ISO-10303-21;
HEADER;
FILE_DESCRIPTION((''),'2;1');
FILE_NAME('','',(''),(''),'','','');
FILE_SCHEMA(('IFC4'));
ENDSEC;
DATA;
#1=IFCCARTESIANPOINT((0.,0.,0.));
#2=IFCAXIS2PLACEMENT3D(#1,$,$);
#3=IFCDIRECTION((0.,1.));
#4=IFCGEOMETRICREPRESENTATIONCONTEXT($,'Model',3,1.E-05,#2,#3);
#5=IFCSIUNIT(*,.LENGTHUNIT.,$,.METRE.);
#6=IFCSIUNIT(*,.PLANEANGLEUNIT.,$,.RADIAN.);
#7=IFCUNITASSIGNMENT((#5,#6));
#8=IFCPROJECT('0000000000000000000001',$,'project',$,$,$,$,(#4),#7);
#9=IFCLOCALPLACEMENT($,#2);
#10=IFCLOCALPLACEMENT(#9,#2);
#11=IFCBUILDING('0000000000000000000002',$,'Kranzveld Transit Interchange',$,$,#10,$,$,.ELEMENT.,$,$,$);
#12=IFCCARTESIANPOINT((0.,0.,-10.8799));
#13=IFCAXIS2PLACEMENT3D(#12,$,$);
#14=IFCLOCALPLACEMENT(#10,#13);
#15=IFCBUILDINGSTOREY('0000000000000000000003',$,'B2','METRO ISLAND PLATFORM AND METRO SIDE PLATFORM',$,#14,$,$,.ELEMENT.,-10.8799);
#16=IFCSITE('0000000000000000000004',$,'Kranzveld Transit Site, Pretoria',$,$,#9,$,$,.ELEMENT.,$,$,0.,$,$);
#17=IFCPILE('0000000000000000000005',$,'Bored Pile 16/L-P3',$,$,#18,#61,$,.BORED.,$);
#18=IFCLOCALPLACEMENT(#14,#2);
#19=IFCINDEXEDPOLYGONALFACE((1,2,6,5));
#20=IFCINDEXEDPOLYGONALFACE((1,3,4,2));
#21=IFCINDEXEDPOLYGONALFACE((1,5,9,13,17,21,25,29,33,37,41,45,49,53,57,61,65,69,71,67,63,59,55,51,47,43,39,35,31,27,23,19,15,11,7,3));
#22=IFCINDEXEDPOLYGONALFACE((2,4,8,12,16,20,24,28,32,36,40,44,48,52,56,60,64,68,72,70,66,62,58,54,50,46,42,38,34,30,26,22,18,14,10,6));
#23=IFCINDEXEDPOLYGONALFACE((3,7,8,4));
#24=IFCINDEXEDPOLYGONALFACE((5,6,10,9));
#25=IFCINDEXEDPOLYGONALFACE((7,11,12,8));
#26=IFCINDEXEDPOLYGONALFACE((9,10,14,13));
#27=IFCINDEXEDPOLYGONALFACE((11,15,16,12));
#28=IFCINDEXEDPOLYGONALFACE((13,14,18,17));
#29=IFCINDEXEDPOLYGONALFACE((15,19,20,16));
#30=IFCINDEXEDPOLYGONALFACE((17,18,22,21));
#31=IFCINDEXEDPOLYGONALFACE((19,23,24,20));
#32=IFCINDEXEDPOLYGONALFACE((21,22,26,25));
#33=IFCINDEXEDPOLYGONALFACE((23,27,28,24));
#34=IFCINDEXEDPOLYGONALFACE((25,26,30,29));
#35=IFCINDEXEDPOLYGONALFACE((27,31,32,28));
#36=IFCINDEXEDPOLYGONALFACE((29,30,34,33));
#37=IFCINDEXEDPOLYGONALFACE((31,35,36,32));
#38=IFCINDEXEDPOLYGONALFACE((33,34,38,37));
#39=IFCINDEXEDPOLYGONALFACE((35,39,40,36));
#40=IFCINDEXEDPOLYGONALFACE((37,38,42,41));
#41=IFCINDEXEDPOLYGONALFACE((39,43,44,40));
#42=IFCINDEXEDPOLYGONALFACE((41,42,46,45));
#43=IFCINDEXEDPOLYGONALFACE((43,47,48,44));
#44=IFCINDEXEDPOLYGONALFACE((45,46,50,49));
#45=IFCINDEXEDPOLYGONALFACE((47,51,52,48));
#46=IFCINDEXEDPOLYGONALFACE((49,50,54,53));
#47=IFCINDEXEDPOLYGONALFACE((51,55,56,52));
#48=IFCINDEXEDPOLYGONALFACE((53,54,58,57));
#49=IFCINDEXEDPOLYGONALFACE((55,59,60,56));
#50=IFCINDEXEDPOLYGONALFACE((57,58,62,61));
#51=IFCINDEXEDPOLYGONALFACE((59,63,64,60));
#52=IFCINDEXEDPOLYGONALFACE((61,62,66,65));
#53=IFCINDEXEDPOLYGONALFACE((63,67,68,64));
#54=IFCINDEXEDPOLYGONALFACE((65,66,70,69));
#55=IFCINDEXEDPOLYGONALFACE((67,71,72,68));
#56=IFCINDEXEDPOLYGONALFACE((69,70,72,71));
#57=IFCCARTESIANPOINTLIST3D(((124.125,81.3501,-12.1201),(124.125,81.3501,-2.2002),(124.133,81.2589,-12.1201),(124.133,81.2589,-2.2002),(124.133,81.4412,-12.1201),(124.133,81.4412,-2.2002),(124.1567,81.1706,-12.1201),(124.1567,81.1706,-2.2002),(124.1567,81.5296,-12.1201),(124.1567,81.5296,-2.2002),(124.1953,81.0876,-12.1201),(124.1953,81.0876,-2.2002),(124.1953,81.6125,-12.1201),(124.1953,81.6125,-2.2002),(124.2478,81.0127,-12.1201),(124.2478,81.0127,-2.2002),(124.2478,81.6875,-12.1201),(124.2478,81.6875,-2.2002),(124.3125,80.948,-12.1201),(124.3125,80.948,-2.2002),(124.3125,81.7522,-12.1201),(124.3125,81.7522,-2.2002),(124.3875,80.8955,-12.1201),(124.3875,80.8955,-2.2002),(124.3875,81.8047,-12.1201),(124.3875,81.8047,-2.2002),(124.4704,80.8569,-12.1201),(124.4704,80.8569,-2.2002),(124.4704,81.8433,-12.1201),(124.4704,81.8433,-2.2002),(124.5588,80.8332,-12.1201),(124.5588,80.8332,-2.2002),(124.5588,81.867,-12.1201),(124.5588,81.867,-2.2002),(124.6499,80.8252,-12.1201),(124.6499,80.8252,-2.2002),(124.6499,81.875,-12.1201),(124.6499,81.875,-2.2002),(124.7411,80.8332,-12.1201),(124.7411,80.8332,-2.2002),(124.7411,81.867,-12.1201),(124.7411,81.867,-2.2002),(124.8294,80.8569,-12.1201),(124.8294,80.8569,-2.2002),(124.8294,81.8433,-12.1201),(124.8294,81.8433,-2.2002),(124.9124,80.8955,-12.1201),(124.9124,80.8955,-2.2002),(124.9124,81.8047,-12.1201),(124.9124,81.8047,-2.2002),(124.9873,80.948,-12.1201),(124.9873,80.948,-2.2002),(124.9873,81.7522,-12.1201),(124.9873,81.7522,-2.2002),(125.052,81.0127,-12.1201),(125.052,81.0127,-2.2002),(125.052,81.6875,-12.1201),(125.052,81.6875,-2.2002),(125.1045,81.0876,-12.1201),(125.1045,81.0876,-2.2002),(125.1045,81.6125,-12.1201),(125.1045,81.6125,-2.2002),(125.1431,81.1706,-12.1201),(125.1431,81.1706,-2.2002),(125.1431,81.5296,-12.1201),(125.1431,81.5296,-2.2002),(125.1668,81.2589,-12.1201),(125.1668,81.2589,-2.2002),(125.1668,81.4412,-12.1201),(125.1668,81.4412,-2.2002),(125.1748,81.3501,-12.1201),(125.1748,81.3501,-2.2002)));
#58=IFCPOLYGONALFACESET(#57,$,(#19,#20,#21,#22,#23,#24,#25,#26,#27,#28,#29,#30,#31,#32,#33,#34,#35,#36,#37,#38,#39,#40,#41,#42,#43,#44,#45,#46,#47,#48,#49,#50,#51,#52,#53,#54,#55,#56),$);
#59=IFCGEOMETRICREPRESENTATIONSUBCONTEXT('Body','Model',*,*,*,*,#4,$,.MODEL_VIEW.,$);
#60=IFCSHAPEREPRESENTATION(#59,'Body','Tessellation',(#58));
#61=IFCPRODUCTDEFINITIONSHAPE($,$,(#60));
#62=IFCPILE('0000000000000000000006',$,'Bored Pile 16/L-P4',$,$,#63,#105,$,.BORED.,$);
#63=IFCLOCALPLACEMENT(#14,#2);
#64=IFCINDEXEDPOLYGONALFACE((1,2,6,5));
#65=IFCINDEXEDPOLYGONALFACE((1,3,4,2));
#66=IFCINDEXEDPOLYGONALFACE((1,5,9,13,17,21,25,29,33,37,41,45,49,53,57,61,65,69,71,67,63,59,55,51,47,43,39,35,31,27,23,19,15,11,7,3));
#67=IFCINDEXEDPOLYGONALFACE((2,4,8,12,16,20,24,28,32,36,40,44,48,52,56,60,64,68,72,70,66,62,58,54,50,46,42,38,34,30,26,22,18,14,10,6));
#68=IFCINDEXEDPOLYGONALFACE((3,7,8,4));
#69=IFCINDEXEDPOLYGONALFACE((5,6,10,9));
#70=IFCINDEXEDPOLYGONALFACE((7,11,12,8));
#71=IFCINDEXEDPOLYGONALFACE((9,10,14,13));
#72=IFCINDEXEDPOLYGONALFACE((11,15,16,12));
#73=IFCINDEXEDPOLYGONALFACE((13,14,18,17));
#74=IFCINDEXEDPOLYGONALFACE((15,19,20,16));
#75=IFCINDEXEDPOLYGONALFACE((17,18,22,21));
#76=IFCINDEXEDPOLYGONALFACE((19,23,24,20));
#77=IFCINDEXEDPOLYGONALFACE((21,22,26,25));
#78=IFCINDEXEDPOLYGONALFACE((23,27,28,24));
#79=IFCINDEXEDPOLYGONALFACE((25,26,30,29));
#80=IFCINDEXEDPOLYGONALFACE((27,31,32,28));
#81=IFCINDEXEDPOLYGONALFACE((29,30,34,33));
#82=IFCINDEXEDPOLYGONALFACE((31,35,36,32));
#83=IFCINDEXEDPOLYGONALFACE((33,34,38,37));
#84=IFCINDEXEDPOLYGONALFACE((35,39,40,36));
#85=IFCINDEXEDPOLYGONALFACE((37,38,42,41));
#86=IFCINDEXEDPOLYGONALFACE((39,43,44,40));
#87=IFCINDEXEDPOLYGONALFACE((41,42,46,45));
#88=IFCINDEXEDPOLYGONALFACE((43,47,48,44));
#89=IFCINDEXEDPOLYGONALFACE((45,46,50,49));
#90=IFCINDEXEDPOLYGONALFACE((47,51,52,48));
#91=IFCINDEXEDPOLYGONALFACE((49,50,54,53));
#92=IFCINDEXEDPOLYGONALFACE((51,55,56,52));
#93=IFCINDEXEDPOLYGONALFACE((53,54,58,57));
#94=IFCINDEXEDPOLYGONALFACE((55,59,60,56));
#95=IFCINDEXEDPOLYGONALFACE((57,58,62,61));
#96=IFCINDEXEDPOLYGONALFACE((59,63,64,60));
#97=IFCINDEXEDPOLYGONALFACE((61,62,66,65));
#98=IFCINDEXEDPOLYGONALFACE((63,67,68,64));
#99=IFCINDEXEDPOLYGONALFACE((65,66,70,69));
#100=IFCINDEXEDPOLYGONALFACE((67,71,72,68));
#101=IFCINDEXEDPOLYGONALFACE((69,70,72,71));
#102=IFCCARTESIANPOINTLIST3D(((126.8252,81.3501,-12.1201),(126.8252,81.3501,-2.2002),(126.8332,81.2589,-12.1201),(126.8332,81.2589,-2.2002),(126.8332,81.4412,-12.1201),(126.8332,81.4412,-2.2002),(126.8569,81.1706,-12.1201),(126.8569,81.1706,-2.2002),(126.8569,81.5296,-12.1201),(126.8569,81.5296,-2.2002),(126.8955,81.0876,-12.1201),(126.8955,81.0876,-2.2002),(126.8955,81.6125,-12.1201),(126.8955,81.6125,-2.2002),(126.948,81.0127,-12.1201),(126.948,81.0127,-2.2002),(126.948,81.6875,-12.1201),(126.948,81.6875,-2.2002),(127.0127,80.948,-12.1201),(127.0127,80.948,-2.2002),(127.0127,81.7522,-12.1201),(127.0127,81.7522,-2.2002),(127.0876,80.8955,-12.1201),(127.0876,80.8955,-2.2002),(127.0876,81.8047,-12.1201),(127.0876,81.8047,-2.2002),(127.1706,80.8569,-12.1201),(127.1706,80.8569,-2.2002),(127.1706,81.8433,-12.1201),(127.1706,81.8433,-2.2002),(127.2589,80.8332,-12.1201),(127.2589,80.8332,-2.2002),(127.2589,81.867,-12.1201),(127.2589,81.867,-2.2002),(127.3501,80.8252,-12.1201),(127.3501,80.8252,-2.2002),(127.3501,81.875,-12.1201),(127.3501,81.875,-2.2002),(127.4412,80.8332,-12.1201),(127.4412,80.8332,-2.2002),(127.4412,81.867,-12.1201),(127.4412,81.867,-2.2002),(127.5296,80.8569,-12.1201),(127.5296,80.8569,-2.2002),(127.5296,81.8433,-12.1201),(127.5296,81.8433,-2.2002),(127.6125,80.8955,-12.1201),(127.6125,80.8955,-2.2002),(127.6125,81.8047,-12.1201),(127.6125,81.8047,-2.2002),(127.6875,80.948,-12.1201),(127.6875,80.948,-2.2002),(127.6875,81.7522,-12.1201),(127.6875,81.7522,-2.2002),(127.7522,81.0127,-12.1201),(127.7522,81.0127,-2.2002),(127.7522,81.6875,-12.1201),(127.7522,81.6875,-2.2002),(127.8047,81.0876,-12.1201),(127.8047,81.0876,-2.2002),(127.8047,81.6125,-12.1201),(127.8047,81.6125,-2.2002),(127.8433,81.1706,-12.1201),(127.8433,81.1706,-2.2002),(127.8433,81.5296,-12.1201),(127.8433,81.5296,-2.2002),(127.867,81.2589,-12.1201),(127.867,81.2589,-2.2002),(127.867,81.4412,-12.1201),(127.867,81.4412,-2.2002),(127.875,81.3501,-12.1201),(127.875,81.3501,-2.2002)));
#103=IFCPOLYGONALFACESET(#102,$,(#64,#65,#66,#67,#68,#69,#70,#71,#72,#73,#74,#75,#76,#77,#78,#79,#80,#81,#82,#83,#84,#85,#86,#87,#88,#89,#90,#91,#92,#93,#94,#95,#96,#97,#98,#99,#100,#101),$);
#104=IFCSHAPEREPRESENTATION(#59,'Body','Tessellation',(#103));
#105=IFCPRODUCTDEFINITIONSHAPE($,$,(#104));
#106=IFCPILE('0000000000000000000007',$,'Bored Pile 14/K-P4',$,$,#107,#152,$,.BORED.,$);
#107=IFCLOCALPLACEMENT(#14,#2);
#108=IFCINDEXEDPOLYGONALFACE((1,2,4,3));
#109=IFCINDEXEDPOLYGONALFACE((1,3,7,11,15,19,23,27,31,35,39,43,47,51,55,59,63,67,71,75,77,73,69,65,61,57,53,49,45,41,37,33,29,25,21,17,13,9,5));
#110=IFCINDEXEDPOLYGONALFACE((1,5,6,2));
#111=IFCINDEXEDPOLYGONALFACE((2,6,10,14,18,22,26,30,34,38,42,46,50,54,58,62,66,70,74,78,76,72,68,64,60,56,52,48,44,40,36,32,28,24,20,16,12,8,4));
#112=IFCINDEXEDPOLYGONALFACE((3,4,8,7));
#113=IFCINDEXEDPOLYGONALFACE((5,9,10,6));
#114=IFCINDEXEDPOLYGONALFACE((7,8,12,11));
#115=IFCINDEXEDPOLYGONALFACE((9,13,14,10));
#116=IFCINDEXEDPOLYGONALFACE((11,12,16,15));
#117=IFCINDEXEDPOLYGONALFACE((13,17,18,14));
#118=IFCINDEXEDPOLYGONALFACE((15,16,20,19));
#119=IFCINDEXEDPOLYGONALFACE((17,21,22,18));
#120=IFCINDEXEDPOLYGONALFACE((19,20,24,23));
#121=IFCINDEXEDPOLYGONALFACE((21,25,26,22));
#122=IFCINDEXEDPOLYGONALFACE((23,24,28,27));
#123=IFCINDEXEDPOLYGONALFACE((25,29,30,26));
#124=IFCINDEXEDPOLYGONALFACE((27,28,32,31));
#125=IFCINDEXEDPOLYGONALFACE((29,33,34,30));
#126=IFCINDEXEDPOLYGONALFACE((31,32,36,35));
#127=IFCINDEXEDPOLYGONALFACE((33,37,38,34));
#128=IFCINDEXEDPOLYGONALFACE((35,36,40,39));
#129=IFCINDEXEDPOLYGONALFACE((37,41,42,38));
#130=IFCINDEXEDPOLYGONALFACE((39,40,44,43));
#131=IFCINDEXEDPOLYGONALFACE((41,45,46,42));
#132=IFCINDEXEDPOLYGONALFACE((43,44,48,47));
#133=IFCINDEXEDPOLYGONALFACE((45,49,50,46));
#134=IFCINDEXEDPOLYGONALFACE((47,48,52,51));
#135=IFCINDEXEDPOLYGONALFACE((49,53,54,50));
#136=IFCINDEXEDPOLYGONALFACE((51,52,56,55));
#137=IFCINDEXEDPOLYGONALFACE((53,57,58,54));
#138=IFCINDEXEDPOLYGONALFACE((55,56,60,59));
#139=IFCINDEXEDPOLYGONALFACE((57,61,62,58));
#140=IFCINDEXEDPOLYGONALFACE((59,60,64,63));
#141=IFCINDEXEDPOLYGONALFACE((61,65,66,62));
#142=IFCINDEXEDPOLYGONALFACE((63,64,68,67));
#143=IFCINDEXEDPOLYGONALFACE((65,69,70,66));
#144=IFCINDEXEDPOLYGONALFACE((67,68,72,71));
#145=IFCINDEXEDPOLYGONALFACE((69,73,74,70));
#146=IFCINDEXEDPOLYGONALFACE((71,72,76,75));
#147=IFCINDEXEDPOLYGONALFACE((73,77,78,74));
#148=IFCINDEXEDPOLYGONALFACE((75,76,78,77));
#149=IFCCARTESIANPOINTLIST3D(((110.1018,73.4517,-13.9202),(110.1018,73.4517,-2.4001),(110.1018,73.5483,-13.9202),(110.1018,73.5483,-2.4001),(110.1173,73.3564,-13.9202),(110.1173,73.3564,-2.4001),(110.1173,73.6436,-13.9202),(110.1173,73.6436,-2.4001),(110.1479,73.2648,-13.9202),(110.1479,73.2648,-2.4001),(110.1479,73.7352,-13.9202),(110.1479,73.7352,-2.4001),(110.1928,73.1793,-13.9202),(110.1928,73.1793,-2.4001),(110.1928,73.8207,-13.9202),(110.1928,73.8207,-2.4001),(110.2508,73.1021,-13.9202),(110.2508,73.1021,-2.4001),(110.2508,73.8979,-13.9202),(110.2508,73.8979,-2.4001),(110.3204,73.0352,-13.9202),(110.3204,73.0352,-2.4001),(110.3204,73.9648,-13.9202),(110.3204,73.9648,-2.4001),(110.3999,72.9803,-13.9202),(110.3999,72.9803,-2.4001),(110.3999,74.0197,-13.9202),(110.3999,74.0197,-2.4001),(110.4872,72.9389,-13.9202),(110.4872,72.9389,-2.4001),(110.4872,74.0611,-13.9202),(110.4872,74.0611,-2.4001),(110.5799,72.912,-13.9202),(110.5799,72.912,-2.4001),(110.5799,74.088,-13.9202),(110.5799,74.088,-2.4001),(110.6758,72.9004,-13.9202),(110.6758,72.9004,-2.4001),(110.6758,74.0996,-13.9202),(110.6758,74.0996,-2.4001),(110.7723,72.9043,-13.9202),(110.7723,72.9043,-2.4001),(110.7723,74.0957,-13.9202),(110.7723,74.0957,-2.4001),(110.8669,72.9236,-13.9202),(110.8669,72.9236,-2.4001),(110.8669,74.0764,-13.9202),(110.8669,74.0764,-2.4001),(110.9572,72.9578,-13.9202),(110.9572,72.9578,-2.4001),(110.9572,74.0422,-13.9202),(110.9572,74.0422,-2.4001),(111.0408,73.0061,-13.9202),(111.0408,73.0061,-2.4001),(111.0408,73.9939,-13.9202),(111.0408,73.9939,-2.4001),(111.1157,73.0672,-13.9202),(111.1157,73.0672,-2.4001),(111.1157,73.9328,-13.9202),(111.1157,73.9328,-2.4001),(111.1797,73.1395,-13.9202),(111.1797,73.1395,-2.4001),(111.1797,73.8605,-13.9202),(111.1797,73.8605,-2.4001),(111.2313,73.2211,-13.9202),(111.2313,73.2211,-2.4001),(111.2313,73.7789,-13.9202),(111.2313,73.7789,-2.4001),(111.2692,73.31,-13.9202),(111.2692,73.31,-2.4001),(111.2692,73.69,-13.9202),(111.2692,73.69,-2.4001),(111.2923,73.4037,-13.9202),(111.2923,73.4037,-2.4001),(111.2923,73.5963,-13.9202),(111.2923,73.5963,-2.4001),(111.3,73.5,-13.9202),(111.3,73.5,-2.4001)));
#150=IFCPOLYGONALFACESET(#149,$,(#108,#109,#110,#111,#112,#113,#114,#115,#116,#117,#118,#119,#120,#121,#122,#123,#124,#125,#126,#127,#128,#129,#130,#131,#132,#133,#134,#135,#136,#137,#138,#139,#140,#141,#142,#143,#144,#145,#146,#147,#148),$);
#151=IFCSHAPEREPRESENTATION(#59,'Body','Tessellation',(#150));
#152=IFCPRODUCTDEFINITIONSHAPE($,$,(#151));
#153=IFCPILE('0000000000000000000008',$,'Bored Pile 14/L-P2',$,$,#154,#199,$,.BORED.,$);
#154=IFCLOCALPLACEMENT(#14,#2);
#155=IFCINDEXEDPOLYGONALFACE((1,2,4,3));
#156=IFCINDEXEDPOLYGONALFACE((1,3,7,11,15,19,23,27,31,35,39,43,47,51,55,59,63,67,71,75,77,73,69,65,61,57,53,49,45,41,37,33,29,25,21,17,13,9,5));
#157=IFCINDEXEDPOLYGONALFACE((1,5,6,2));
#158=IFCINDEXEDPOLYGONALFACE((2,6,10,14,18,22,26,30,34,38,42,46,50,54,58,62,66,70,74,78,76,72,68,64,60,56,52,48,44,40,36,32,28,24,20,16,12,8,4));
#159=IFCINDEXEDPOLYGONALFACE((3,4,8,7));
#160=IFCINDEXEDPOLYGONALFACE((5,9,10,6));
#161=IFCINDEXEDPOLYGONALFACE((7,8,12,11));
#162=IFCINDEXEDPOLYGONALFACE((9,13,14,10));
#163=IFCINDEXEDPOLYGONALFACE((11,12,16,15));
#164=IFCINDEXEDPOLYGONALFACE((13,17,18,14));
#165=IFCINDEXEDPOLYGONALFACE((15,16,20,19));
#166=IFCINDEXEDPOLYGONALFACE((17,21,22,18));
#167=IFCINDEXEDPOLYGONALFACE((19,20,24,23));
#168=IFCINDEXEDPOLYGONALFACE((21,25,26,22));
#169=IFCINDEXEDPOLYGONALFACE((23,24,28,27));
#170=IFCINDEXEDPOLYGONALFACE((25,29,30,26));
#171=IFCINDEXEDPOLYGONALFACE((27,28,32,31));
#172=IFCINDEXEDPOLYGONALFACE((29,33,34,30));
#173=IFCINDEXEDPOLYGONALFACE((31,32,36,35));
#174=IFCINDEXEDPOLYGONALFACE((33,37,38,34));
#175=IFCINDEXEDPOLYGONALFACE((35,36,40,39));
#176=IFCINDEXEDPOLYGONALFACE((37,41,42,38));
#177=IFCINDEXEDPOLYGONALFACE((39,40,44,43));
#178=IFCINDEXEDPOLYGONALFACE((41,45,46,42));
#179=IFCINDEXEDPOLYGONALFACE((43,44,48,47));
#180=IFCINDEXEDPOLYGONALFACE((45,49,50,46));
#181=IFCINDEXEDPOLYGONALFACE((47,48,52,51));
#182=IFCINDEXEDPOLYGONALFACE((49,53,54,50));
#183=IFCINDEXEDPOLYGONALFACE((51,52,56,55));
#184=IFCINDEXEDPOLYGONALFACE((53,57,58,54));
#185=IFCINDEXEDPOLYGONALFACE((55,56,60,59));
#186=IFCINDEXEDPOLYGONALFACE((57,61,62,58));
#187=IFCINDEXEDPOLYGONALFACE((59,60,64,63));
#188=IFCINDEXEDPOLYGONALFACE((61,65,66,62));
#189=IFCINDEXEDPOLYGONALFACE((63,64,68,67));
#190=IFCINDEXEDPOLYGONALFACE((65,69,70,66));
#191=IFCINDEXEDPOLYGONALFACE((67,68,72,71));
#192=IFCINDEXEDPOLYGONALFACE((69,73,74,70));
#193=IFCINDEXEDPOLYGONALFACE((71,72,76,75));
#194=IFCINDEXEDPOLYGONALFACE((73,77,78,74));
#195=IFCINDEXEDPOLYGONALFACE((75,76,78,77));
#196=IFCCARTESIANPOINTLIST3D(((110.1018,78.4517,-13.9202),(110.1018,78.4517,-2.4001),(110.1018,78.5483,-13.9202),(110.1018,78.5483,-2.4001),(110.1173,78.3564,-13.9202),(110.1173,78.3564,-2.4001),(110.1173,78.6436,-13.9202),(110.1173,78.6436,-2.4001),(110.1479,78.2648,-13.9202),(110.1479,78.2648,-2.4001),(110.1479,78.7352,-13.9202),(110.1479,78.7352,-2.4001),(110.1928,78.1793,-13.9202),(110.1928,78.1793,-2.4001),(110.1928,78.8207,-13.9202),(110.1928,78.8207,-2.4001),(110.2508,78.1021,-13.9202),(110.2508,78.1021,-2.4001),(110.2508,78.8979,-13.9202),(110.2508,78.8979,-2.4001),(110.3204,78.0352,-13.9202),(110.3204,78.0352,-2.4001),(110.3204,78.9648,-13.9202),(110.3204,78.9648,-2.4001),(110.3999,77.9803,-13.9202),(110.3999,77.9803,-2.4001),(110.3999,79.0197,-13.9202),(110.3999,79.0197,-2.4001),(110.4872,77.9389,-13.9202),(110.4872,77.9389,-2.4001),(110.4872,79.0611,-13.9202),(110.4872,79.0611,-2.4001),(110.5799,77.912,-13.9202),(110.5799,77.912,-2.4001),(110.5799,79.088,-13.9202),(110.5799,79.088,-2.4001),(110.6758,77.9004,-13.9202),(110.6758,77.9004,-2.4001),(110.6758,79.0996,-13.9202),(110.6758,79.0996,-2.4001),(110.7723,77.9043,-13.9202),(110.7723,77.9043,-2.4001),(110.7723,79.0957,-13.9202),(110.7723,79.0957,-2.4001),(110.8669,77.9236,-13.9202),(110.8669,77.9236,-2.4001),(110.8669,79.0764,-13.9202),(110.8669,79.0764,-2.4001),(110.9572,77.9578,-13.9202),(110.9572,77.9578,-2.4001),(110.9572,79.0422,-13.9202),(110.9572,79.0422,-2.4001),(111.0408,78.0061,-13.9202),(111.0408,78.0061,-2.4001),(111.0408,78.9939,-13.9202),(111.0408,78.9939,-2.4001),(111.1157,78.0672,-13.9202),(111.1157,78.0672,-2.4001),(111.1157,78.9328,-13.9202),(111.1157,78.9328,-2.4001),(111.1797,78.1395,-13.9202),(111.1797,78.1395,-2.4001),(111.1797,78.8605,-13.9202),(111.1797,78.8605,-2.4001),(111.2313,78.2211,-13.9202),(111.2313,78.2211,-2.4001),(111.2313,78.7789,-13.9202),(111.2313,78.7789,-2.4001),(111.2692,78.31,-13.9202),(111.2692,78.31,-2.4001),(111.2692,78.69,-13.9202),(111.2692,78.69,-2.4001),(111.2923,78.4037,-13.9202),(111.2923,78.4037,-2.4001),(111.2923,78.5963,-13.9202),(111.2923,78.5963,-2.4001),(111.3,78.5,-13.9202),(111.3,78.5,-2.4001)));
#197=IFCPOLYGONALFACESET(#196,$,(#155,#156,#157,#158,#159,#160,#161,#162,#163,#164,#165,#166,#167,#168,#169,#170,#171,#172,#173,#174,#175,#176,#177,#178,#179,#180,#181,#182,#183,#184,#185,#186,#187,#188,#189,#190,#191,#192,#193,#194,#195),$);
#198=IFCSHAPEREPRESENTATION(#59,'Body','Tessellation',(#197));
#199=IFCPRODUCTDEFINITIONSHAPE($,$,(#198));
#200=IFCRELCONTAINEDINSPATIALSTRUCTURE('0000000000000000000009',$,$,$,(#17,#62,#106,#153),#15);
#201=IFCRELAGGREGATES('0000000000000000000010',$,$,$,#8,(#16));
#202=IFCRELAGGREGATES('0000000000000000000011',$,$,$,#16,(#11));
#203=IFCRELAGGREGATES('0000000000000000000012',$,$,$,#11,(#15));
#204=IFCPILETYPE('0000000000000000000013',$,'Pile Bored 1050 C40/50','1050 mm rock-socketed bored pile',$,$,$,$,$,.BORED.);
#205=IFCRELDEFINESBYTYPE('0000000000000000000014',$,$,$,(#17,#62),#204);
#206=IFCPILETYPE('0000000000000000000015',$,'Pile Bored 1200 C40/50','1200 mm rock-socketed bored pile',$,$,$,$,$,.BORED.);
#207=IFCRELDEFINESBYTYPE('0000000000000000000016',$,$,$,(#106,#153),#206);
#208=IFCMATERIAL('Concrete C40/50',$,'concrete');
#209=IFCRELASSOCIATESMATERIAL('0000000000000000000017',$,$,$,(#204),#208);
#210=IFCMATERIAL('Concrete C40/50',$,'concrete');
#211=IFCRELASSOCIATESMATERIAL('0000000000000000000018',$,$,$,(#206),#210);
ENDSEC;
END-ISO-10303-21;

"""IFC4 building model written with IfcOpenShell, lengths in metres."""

from ifc_helpers import new_model, si_unit, direction, frame, origin, origin_2d, place, context, subcontext, project, spatial, circle, extrude, material, material_profile, profile_set, type_object, element, save


model = new_model("IFC4")

# Units and contexts
model_context = context("Model", 3, precision=1e-05, world=origin(), true_north=direction((0.0, 1.0)))
body_context = subcontext(model_context, "Body", "Model", "MODEL_VIEW")
ifc_project = project(units=[si_unit("LENGTHUNIT", "METRE"), si_unit("PLANEANGLEUNIT", "RADIAN")], contexts=[model_context])

# Site, building, storey
site_placement = place(None, origin())
site = spatial("IfcSite", under=ifc_project, at=site_placement, Name="Kranzveld Transit Site, Pretoria", CompositionType="ELEMENT", RefElevation=0.0)
building_placement = place(site_placement, origin())
building = spatial("IfcBuilding", under=site, at=building_placement, Name="Kranzveld Transit Interchange", CompositionType="ELEMENT")
storey_placement = place(building_placement, frame((0.0, 0.0, -10.8799)))
storey = spatial("IfcBuildingStorey", under=building, at=storey_placement, Name="B2", Description="METRO ISLAND PLATFORM AND METRO SIDE PLATFORM", CompositionType="ELEMENT", Elevation=-10.8799)

# Piles
ifc_material_1 = material(Name="Concrete C40/50", Category="concrete")
ifc_material_profile_1 = material_profile(ifc_material_1, circle(Radius=0.5249, at=origin_2d()), Name="BORED PILE 1050")
ifc_profile_set_1 = profile_set([ifc_material_profile_1], Name="Concrete C40/50")
pile_type_1 = type_object("IfcPileType", Name="Pile Bored 1050 C40/50", Description="1050 mm rock-socketed bored pile", PredefinedType="BORED", material=ifc_profile_set_1)
for number, where, z_axis, x_axis, name in (
    (1, (124.6499, 81.3501, -2.2002), (0.0, 0.0, -1.0), (1.0, 0.0, 0.0), "Bored Pile 16/L-P3"),
    (2, (127.3501, 81.3501, -2.2002), (0.0, 0.0, -1.0), (1.0, 0.0, 0.0), "Bored Pile 16/L-P4"),
):
    element("IfcPile", number, at=place(storey_placement, frame(where, z_axis=z_axis, x_axis=x_axis)), inside=storey, type_object=pile_type_1, Name=name, PredefinedType="BORED", context=body_context, shape_type="SweptSolid", body=[
        extrude(circle(Radius=0.5249, at=origin_2d()), origin(), (0.0, 0.0, 1.0), 9.9199),
    ])
ifc_material_2 = material(Name="Concrete C40/50", Category="concrete")
ifc_material_profile_2 = material_profile(ifc_material_2, circle(Radius=0.6001, at=origin_2d()), Name="BORED PILE 1200")
ifc_profile_set_2 = profile_set([ifc_material_profile_2], Name="Concrete C40/50")
pile_type_2 = type_object("IfcPileType", Name="Pile Bored 1200 C40/50", Description="1200 mm rock-socketed bored pile", PredefinedType="BORED", material=ifc_profile_set_2)
for number, where, z_axis, x_axis, name in (
    (3, (110.7, 73.5, -2.4001), (0.0, 0.0, -1.0), (1.0, 0.0, 0.0), "Bored Pile 14/K-P4"),
    (4, (110.7, 78.5, -2.4001), (0.0, 0.0, -1.0), (1.0, 0.0, 0.0), "Bored Pile 14/L-P2"),
):
    element("IfcPile", number, at=place(storey_placement, frame(where, z_axis=z_axis, x_axis=x_axis)), inside=storey, type_object=pile_type_2, Name=name, PredefinedType="BORED", context=body_context, shape_type="SweptSolid", body=[
        extrude(circle(Radius=0.6001, at=origin_2d()), origin(), (0.0, 0.0, 1.0), 11.52),
    ])

save(model, "model.ifc")
